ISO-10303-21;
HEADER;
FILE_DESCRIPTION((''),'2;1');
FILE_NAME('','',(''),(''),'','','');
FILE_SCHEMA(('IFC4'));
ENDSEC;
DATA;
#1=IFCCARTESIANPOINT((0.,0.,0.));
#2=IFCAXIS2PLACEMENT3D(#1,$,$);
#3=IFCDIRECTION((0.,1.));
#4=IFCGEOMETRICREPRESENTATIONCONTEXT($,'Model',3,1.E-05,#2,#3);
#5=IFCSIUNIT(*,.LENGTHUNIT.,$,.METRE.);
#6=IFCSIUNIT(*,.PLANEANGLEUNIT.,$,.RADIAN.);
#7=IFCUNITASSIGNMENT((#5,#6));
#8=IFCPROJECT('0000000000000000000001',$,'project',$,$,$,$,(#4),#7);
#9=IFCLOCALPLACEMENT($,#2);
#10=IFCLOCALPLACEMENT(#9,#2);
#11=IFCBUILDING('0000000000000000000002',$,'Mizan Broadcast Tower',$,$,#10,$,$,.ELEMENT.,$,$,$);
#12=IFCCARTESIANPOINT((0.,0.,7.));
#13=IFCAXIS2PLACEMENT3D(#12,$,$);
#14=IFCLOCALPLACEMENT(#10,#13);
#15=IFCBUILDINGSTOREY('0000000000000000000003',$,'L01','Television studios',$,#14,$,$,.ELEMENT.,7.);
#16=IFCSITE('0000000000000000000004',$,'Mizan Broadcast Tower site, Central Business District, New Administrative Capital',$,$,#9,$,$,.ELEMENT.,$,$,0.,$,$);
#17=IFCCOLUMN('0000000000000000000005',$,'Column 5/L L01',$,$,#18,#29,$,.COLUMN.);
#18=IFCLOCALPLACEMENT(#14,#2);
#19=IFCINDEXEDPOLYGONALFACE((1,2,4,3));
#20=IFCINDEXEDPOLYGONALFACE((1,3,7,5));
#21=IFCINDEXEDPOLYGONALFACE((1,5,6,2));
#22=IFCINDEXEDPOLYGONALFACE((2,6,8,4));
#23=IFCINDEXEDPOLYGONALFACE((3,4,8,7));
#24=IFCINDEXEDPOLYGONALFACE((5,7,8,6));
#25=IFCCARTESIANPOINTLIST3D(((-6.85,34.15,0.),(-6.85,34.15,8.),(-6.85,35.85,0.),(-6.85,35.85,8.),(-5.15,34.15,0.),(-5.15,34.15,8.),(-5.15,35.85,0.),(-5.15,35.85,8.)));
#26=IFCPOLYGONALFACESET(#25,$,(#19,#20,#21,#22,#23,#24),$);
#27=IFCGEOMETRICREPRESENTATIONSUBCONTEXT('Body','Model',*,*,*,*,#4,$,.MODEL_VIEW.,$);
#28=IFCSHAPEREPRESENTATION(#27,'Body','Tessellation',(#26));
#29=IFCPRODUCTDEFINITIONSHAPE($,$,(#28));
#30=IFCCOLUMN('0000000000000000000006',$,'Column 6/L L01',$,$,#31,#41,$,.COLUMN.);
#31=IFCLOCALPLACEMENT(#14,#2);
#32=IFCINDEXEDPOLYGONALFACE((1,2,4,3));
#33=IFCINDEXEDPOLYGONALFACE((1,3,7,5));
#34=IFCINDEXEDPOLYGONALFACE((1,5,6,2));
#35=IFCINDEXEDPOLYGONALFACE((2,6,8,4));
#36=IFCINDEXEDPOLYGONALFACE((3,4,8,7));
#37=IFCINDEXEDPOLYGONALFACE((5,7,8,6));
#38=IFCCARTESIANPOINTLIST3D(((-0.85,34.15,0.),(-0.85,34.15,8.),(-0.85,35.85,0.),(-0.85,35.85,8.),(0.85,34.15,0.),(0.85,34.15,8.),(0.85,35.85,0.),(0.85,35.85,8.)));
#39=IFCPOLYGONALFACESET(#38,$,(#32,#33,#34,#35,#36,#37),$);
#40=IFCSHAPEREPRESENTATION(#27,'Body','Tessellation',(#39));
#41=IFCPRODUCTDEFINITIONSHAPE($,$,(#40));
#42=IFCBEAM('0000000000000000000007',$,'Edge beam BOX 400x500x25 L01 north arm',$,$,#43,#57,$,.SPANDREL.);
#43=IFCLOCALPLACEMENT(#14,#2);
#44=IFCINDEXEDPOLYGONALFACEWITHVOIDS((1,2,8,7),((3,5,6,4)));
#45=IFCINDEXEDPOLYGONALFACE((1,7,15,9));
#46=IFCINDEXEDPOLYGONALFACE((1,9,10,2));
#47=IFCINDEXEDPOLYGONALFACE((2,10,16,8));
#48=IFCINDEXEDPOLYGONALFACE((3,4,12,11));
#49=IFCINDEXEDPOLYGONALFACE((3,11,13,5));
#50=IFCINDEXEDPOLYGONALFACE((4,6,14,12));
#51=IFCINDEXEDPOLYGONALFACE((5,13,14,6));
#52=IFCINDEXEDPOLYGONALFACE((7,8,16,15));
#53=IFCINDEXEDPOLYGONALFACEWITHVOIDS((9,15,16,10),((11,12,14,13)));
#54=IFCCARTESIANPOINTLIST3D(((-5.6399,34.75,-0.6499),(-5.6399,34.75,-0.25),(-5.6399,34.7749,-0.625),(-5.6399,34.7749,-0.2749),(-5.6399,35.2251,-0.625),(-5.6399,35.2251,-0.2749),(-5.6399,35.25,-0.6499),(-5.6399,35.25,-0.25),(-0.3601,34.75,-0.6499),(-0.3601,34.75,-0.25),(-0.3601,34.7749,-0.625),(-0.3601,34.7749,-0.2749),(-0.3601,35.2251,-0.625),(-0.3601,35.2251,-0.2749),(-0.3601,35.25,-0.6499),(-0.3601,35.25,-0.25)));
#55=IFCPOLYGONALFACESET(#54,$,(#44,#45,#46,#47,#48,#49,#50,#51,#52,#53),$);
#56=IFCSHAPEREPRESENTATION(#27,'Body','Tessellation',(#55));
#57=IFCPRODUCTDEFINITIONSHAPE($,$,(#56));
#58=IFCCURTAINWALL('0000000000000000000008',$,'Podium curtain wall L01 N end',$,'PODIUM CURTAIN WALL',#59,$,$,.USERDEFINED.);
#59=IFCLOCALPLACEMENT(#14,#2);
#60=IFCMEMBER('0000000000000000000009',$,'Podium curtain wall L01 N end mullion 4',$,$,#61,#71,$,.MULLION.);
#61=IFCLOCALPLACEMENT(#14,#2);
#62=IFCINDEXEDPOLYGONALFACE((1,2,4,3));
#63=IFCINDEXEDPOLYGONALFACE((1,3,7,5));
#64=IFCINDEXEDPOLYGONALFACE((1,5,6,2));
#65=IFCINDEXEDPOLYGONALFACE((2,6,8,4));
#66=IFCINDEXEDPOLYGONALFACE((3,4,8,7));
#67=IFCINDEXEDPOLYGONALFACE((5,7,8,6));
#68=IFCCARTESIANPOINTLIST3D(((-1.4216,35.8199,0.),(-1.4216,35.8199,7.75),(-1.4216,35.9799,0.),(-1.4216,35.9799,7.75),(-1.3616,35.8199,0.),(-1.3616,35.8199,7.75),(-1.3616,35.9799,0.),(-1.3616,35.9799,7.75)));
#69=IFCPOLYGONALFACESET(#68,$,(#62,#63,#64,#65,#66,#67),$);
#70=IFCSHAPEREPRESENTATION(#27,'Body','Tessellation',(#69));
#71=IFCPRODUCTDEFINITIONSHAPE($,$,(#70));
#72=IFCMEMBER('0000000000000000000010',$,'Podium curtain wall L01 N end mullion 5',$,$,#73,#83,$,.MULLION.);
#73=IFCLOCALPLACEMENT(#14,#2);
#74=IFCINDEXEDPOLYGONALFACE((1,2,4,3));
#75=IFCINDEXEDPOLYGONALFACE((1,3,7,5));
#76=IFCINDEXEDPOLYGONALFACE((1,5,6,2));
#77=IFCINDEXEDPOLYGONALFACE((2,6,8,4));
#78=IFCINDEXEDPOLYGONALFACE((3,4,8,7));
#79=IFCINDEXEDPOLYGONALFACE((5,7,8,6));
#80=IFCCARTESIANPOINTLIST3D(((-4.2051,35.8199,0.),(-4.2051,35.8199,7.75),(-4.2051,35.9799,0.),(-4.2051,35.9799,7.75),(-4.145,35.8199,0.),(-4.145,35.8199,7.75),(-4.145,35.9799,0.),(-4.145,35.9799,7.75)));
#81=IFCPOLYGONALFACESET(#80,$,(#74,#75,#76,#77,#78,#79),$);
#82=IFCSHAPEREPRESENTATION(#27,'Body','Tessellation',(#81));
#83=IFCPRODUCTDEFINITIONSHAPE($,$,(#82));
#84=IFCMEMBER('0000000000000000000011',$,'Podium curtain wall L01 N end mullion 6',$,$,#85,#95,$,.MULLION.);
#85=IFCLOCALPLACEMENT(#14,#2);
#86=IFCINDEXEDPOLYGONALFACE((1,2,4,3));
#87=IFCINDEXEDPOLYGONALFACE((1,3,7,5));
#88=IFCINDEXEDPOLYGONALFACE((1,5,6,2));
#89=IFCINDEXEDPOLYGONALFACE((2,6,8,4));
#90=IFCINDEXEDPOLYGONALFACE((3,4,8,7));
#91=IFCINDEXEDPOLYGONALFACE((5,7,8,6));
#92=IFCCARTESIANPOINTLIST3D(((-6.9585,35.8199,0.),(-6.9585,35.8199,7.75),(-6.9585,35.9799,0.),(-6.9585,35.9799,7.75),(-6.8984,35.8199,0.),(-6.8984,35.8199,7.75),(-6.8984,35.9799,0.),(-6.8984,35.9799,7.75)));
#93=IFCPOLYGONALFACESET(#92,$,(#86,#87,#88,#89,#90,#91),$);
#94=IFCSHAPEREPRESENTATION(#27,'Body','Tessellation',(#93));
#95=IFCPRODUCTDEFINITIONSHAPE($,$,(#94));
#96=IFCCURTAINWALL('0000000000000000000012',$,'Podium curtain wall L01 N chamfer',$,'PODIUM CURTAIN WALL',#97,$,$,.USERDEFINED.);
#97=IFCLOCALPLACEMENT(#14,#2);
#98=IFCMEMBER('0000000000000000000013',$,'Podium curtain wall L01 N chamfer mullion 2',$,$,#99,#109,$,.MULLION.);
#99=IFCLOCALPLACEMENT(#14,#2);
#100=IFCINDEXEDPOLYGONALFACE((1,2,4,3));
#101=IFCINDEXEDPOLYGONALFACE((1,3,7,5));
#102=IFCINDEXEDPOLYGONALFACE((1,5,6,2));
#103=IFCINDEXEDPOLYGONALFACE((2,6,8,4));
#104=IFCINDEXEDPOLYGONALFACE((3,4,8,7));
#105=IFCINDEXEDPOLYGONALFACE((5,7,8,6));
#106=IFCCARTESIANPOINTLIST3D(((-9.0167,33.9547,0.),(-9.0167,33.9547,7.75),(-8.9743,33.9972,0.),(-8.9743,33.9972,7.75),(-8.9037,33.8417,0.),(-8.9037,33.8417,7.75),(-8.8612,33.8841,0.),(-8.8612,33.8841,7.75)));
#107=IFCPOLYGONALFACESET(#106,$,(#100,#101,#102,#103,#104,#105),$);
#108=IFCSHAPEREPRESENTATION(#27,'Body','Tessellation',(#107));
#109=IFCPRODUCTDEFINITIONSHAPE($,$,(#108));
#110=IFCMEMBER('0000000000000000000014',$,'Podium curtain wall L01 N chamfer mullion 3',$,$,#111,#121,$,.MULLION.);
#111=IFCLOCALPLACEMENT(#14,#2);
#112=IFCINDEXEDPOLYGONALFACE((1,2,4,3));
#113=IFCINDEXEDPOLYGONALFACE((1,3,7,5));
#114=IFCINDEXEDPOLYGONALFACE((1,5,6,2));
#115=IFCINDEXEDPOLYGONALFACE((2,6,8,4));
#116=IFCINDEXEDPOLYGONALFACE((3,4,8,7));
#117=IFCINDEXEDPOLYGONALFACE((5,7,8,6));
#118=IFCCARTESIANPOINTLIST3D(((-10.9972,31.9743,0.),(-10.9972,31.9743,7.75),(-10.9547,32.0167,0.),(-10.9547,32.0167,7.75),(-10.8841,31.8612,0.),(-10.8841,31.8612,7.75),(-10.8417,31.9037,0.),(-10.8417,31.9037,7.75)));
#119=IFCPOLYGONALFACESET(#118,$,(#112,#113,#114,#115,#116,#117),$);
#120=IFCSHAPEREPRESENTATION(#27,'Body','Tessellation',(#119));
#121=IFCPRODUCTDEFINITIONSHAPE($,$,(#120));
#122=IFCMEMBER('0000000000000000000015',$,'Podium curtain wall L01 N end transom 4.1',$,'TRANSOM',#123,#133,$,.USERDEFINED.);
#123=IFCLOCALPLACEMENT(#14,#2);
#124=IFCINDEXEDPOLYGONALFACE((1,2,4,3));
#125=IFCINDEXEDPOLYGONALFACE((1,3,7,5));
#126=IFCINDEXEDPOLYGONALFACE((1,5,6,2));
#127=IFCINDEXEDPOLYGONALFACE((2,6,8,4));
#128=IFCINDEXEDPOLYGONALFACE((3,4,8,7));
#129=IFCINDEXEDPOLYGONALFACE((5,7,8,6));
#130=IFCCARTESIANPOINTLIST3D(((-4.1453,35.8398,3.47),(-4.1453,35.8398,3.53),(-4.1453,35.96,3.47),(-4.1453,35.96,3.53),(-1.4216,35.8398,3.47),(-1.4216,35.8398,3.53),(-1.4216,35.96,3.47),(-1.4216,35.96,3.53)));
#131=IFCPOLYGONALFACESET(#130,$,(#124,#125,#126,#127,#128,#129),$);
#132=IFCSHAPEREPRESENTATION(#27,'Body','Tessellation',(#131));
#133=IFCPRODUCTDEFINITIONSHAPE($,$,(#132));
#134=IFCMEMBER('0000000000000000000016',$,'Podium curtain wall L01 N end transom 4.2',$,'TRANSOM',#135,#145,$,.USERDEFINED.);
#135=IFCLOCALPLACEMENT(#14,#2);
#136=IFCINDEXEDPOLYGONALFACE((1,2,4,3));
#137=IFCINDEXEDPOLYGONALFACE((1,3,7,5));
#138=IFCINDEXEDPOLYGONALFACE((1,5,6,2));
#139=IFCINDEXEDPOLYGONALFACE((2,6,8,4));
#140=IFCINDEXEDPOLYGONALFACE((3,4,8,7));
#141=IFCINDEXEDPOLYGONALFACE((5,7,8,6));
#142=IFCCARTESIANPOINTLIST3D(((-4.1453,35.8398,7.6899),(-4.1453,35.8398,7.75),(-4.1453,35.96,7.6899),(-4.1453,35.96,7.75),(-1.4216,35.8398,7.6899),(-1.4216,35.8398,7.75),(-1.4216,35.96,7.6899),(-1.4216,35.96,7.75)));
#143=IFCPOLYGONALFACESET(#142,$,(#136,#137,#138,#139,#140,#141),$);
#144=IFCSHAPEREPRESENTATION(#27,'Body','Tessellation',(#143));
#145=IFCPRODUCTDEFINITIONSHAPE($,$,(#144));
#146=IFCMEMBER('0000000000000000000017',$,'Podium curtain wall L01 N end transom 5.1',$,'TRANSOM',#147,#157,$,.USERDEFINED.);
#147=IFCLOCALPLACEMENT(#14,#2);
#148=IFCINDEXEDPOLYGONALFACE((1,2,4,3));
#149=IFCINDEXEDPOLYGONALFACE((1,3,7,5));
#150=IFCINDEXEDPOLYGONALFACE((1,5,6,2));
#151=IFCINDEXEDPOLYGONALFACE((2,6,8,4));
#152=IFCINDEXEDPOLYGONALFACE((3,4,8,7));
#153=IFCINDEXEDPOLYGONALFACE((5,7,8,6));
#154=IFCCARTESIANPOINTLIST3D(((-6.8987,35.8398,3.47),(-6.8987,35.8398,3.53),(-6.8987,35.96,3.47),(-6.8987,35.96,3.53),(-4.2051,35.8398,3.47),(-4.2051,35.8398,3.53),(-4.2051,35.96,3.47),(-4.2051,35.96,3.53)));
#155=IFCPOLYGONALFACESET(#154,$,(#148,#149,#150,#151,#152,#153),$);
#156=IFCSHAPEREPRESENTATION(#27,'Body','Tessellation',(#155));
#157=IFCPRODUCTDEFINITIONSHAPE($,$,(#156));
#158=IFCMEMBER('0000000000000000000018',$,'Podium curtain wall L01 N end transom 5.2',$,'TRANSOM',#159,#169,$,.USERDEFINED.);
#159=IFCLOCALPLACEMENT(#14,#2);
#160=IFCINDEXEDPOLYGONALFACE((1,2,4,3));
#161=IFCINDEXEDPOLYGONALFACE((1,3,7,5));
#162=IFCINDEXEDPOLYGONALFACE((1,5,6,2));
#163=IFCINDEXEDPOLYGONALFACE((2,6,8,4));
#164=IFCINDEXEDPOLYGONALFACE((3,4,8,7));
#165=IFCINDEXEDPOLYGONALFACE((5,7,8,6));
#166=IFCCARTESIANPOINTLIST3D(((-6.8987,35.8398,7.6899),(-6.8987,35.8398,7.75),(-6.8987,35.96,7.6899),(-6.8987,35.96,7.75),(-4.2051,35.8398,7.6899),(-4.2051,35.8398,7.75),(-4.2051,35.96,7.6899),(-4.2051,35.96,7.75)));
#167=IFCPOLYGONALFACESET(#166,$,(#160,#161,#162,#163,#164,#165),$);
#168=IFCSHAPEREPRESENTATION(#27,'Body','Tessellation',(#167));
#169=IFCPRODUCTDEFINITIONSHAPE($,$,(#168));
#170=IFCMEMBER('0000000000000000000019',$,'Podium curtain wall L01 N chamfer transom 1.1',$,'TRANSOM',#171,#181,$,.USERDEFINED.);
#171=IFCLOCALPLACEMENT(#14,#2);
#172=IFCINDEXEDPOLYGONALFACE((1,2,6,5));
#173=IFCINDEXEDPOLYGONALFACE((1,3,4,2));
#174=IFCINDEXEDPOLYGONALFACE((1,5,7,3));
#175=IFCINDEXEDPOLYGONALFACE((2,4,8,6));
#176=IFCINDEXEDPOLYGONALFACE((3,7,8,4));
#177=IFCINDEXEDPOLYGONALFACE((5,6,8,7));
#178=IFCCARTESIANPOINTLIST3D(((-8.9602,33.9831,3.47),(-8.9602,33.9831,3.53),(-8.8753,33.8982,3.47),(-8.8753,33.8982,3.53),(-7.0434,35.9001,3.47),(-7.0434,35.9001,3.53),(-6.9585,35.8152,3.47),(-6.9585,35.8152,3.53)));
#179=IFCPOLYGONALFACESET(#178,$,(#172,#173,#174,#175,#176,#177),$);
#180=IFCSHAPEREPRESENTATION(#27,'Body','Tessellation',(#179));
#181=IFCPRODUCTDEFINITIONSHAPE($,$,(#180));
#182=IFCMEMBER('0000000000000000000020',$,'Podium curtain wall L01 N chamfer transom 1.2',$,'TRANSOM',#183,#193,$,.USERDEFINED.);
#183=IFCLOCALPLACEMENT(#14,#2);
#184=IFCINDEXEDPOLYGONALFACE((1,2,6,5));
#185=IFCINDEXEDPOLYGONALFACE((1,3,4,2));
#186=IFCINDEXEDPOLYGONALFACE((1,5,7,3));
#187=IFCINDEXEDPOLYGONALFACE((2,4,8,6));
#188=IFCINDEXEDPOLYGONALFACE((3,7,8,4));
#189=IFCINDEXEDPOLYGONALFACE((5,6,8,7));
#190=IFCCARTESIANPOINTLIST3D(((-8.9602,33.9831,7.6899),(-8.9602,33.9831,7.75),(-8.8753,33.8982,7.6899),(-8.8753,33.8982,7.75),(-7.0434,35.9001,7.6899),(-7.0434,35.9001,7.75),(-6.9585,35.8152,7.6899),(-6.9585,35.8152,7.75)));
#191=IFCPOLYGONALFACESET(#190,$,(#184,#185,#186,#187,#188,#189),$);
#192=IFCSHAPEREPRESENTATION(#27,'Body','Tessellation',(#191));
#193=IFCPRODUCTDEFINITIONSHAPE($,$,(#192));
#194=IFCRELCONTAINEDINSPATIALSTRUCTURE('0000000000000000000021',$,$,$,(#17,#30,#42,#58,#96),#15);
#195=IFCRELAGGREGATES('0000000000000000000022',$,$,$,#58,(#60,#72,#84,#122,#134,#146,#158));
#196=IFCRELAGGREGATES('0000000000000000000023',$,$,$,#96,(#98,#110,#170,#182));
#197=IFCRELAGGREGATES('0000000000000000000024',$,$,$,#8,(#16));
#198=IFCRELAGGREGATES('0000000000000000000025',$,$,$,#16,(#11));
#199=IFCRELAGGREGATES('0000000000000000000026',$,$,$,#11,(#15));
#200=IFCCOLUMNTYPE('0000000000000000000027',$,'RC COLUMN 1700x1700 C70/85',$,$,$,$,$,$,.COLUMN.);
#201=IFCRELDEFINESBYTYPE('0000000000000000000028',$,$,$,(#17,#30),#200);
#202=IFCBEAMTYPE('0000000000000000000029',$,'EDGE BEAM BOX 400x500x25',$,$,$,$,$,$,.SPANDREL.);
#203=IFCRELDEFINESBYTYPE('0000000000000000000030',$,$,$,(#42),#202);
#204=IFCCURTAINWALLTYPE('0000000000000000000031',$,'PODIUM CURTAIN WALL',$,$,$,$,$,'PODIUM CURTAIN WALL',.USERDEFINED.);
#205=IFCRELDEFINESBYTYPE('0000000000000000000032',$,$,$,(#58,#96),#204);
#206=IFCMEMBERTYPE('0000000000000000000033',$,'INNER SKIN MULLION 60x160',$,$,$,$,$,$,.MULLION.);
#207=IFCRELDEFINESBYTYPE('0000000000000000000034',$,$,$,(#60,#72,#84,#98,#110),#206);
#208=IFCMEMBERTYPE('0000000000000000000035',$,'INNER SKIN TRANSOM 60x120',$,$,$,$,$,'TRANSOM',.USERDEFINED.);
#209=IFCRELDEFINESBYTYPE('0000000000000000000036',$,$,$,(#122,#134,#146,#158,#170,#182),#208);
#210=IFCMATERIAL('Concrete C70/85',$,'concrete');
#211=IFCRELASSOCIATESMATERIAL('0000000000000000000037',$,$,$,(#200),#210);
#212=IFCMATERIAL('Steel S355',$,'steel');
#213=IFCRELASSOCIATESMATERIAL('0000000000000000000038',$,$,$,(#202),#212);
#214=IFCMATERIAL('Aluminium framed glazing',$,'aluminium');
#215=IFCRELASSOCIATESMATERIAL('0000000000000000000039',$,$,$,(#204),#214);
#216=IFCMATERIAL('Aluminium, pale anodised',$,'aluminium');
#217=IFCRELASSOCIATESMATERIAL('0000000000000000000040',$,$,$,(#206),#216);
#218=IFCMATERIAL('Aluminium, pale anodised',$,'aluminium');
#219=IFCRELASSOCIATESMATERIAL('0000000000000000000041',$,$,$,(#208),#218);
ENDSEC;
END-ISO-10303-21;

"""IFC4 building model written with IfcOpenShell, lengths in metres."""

from ifc_helpers import new_model, si_unit, direction, frame, origin, origin_2d, place, context, subcontext, project, spatial, rectangle, hollow_rectangle, extrude, material, material_profile, profile_set, type_object, element, aggregate, save


model = new_model("IFC4")

# Units and contexts
model_context = context("Model", 3, precision=1e-05, world=origin(), true_north=direction((0.0, 1.0)))
body_context = subcontext(model_context, "Body", "Model", "MODEL_VIEW")
ifc_project = project(units=[si_unit("LENGTHUNIT", "METRE"), si_unit("PLANEANGLEUNIT", "RADIAN")], contexts=[model_context])

# Site, building, storey
site_placement = place(None, origin())
site = spatial("IfcSite", under=ifc_project, at=site_placement, Name="Mizan Broadcast Tower site, Central Business District, New Administrative Capital", CompositionType="ELEMENT", RefElevation=0.0)
building_placement = place(site_placement, origin())
building = spatial("IfcBuilding", under=site, at=building_placement, Name="Mizan Broadcast Tower", CompositionType="ELEMENT")
storey_placement = place(building_placement, frame((0.0, 0.0, 7.0)))
storey = spatial("IfcBuildingStorey", under=building, at=storey_placement, Name="L01", Description="Television studios", CompositionType="ELEMENT", Elevation=7.0)

# Columns
ifc_material_1 = material(Name="Concrete C70/85", Category="concrete")
ifc_material_profile_1 = material_profile(ifc_material_1, rectangle(XDim=1.7, YDim=1.7, at=origin_2d()), Name="RC 1700x1700")
ifc_profile_set_1 = profile_set([ifc_material_profile_1], Name="Concrete C70/85")
column_type = type_object("IfcColumnType", Name="RC COLUMN 1700x1700 C70/85", PredefinedType="COLUMN", material=ifc_profile_set_1)
for number, where, z_axis, x_axis, name in (
    (1, (-6.0, 35.0, 0.0), (0.0, 0.0, 1.0), (1.0, 0.0, 0.0), "Column 5/L L01"),
    (2, (0.0, 35.0, 0.0), (0.0, 0.0, 1.0), (1.0, 0.0, 0.0), "Column 6/L L01"),
):
    element("IfcColumn", number, at=place(storey_placement, frame(where, z_axis=z_axis, x_axis=x_axis)), inside=storey, type_object=column_type, Name=name, PredefinedType="COLUMN", context=body_context, shape_type="SweptSolid", body=[
        extrude(rectangle(XDim=1.7, YDim=1.7, at=origin_2d()), origin(), (0.0, 0.0, 1.0), 8.0),
    ])

# Beam
ifc_material_2 = material(Name="Steel S355", Category="steel")
ifc_material_profile_2 = material_profile(ifc_material_2, hollow_rectangle(XDim=0.5, YDim=0.3999, WallThickness=0.0249, at=origin_2d()), Name="BOX 400x500x25")
ifc_profile_set_2 = profile_set([ifc_material_profile_2], Name="Steel S355")
beam_type = type_object("IfcBeamType", Name="EDGE BEAM BOX 400x500x25", PredefinedType="SPANDREL", material=ifc_profile_set_2)
beam_placement = place(storey_placement, frame((-5.6399, 35.0, -0.45), z_axis=(1.0, 0.0, 0.0), x_axis=(0.0, 1.0, 0.0)))
element("IfcBeam", 3, at=beam_placement, inside=storey, type_object=beam_type, Name="Edge beam BOX 400x500x25 L01 north arm", PredefinedType="SPANDREL", context=body_context, shape_type="SweptSolid", body=[
    extrude(hollow_rectangle(XDim=0.5, YDim=0.3999, WallThickness=0.0249, at=origin_2d()), origin(), (0.0, 0.0, 1.0), 5.2798),
])

# Curtain walls, members
ifc_material_3 = material(Name="Aluminium framed glazing", Category="aluminium")
curtain_wall_type_1 = type_object("IfcCurtainWallType", Name="PODIUM CURTAIN WALL", ElementType="PODIUM CURTAIN WALL", PredefinedType="USERDEFINED", material=ifc_material_3)
curtain_wall_1_placement = place(storey_placement, origin())
curtain_wall_1 = element("IfcCurtainWall", 4, at=curtain_wall_1_placement, inside=storey, type_object=curtain_wall_type_1, Name="Podium curtain wall L01 N end", ObjectType="PODIUM CURTAIN WALL", PredefinedType="USERDEFINED")
ifc_material_4 = material(Name="Aluminium, pale anodised", Category="aluminium")
ifc_material_profile_3 = material_profile(ifc_material_4, rectangle(XDim=0.1599, YDim=0.0601, at=origin_2d()), Name="MULLION 160x60")
ifc_profile_set_3 = profile_set([ifc_material_profile_3], Name="Aluminium, pale anodised")
member_type_1 = type_object("IfcMemberType", Name="INNER SKIN MULLION 60x160", PredefinedType="MULLION", material=ifc_profile_set_3)
member_1_placement = place(storey_placement, frame((-1.3916, 35.8999, 0.0), z_axis=(0.0, 0.0, 1.0), x_axis=(0.0, -1.0, 0.0)))
member_1 = element("IfcMember", 5, at=member_1_placement, type_object=member_type_1, Name="Podium curtain wall L01 N end mullion 4", PredefinedType="MULLION", context=body_context, shape_type="SweptSolid", body=[
    extrude(rectangle(XDim=0.1599, YDim=0.0601, at=origin_2d()), origin(), (0.0, 0.0, 1.0), 7.75),
])
member_2_placement = place(storey_placement, frame((-4.175, 35.8999, 0.0), z_axis=(0.0, 0.0, 1.0), x_axis=(0.0, -1.0, 0.0)))
member_2 = element("IfcMember", 6, at=member_2_placement, type_object=member_type_1, Name="Podium curtain wall L01 N end mullion 5", PredefinedType="MULLION", context=body_context, shape_type="SweptSolid", body=[
    extrude(rectangle(XDim=0.1599, YDim=0.0601, at=origin_2d()), origin(), (0.0, 0.0, 1.0), 7.75),
])
member_3_placement = place(storey_placement, frame((-6.9285, 35.8999, 0.0), z_axis=(0.0, 0.0, 1.0), x_axis=(0.0, -1.0, 0.0)))
member_3 = element("IfcMember", 7, at=member_3_placement, type_object=member_type_1, Name="Podium curtain wall L01 N end mullion 6", PredefinedType="MULLION", context=body_context, shape_type="SweptSolid", body=[
    extrude(rectangle(XDim=0.1599, YDim=0.0601, at=origin_2d()), origin(), (0.0, 0.0, 1.0), 7.75),
])
curtain_wall_2_placement = place(storey_placement, origin())
curtain_wall_2 = element("IfcCurtainWall", 8, at=curtain_wall_2_placement, inside=storey, type_object=curtain_wall_type_1, Name="Podium curtain wall L01 N chamfer", ObjectType="PODIUM CURTAIN WALL", PredefinedType="USERDEFINED")
member_4_placement = place(storey_placement, frame((-8.939, 33.9194, 0.0), z_axis=(0.0, 0.0, 1.0), x_axis=(0.707107, -0.707107, 0.0)))
member_4 = element("IfcMember", 9, at=member_4_placement, type_object=member_type_1, Name="Podium curtain wall L01 N chamfer mullion 2", PredefinedType="MULLION", context=body_context, shape_type="SweptSolid", body=[
    extrude(rectangle(XDim=0.1599, YDim=0.0601, at=origin_2d()), origin(), (0.0, 0.0, 1.0), 7.75),
])
member_5_placement = place(storey_placement, frame((-10.9194, 31.939, 0.0), z_axis=(0.0, 0.0, 1.0), x_axis=(0.707107, -0.707107, 0.0)))
member_5 = element("IfcMember", 10, at=member_5_placement, type_object=member_type_1, Name="Podium curtain wall L01 N chamfer mullion 3", PredefinedType="MULLION", context=body_context, shape_type="SweptSolid", body=[
    extrude(rectangle(XDim=0.1599, YDim=0.0601, at=origin_2d()), origin(), (0.0, 0.0, 1.0), 7.75),
])

# Members
ifc_material_5 = material(Name="Aluminium, pale anodised", Category="aluminium")
ifc_material_profile_4 = material_profile(ifc_material_5, rectangle(XDim=0.1201, YDim=0.0601, at=origin_2d()), Name="TRANSOM 120x60")
ifc_profile_set_4 = profile_set([ifc_material_profile_4], Name="Aluminium, pale anodised")
member_type_2 = type_object("IfcMemberType", Name="INNER SKIN TRANSOM 60x120", ElementType="TRANSOM", PredefinedType="USERDEFINED", material=ifc_profile_set_4)
member_6_placement = place(storey_placement, frame((-1.4216, 35.8999, 3.5), z_axis=(-1.0, 0.0, 0.0), x_axis=(0.0, -1.0, 0.0)))
member_6 = element("IfcMember", 11, at=member_6_placement, type_object=member_type_2, Name="Podium curtain wall L01 N end transom 4.1", ObjectType="TRANSOM", PredefinedType="USERDEFINED", context=body_context, shape_type="SweptSolid", body=[
    extrude(rectangle(XDim=0.1201, YDim=0.0601, at=origin_2d()), origin(), (0.0, 0.0, 1.0), 2.7236),
])
member_7_placement = place(storey_placement, frame((-1.4216, 35.8999, 7.72), z_axis=(-1.0, 0.0, 0.0), x_axis=(0.0, -1.0, 0.0)))
member_7 = element("IfcMember", 12, at=member_7_placement, type_object=member_type_2, Name="Podium curtain wall L01 N end transom 4.2", ObjectType="TRANSOM", PredefinedType="USERDEFINED", context=body_context, shape_type="SweptSolid", body=[
    extrude(rectangle(XDim=0.1201, YDim=0.0601, at=origin_2d()), origin(), (0.0, 0.0, 1.0), 2.7236),
])
member_8_placement = place(storey_placement, frame((-4.2051, 35.8999, 3.5), z_axis=(-1.0, 0.0, 0.0), x_axis=(0.0, -1.0, 0.0)))
member_8 = element("IfcMember", 13, at=member_8_placement, type_object=member_type_2, Name="Podium curtain wall L01 N end transom 5.1", ObjectType="TRANSOM", PredefinedType="USERDEFINED", context=body_context, shape_type="SweptSolid", body=[
    extrude(rectangle(XDim=0.1201, YDim=0.0601, at=origin_2d()), origin(), (0.0, 0.0, 1.0), 2.6936),
])
member_9_placement = place(storey_placement, frame((-4.2051, 35.8999, 7.72), z_axis=(-1.0, 0.0, 0.0), x_axis=(0.0, -1.0, 0.0)))
member_9 = element("IfcMember", 14, at=member_9_placement, type_object=member_type_2, Name="Podium curtain wall L01 N end transom 5.2", ObjectType="TRANSOM", PredefinedType="USERDEFINED", context=body_context, shape_type="SweptSolid", body=[
    extrude(rectangle(XDim=0.1201, YDim=0.0601, at=origin_2d()), origin(), (0.0, 0.0, 1.0), 2.6936),
])
member_10_placement = place(storey_placement, frame((-7.001, 35.8577, 3.5), z_axis=(-0.707062, -0.707152, 0.0), x_axis=(0.707152, -0.707062, 0.0)))
member_10 = element("IfcMember", 15, at=member_10_placement, type_object=member_type_2, Name="Podium curtain wall L01 N chamfer transom 1.1", ObjectType="TRANSOM", PredefinedType="USERDEFINED", context=body_context, shape_type="SweptSolid", body=[
    extrude(rectangle(XDim=0.1201, YDim=0.0601, at=origin_2d()), origin(), (0.0, 0.0, 1.0), 2.7109),
])
member_11_placement = place(storey_placement, frame((-7.001, 35.8577, 7.72), z_axis=(-0.707062, -0.707152, 0.0), x_axis=(0.707152, -0.707062, 0.0)))
member_11 = element("IfcMember", 16, at=member_11_placement, type_object=member_type_2, Name="Podium curtain wall L01 N chamfer transom 1.2", ObjectType="TRANSOM", PredefinedType="USERDEFINED", context=body_context, shape_type="SweptSolid", body=[
    extrude(rectangle(XDim=0.1201, YDim=0.0601, at=origin_2d()), origin(), (0.0, 0.0, 1.0), 2.7109),
])

aggregate(curtain_wall_1, [member_1, member_2, member_3, member_6, member_7, member_8, member_9])
aggregate(curtain_wall_2, [member_4, member_5, member_10, member_11])

save(model, "model.ifc")
